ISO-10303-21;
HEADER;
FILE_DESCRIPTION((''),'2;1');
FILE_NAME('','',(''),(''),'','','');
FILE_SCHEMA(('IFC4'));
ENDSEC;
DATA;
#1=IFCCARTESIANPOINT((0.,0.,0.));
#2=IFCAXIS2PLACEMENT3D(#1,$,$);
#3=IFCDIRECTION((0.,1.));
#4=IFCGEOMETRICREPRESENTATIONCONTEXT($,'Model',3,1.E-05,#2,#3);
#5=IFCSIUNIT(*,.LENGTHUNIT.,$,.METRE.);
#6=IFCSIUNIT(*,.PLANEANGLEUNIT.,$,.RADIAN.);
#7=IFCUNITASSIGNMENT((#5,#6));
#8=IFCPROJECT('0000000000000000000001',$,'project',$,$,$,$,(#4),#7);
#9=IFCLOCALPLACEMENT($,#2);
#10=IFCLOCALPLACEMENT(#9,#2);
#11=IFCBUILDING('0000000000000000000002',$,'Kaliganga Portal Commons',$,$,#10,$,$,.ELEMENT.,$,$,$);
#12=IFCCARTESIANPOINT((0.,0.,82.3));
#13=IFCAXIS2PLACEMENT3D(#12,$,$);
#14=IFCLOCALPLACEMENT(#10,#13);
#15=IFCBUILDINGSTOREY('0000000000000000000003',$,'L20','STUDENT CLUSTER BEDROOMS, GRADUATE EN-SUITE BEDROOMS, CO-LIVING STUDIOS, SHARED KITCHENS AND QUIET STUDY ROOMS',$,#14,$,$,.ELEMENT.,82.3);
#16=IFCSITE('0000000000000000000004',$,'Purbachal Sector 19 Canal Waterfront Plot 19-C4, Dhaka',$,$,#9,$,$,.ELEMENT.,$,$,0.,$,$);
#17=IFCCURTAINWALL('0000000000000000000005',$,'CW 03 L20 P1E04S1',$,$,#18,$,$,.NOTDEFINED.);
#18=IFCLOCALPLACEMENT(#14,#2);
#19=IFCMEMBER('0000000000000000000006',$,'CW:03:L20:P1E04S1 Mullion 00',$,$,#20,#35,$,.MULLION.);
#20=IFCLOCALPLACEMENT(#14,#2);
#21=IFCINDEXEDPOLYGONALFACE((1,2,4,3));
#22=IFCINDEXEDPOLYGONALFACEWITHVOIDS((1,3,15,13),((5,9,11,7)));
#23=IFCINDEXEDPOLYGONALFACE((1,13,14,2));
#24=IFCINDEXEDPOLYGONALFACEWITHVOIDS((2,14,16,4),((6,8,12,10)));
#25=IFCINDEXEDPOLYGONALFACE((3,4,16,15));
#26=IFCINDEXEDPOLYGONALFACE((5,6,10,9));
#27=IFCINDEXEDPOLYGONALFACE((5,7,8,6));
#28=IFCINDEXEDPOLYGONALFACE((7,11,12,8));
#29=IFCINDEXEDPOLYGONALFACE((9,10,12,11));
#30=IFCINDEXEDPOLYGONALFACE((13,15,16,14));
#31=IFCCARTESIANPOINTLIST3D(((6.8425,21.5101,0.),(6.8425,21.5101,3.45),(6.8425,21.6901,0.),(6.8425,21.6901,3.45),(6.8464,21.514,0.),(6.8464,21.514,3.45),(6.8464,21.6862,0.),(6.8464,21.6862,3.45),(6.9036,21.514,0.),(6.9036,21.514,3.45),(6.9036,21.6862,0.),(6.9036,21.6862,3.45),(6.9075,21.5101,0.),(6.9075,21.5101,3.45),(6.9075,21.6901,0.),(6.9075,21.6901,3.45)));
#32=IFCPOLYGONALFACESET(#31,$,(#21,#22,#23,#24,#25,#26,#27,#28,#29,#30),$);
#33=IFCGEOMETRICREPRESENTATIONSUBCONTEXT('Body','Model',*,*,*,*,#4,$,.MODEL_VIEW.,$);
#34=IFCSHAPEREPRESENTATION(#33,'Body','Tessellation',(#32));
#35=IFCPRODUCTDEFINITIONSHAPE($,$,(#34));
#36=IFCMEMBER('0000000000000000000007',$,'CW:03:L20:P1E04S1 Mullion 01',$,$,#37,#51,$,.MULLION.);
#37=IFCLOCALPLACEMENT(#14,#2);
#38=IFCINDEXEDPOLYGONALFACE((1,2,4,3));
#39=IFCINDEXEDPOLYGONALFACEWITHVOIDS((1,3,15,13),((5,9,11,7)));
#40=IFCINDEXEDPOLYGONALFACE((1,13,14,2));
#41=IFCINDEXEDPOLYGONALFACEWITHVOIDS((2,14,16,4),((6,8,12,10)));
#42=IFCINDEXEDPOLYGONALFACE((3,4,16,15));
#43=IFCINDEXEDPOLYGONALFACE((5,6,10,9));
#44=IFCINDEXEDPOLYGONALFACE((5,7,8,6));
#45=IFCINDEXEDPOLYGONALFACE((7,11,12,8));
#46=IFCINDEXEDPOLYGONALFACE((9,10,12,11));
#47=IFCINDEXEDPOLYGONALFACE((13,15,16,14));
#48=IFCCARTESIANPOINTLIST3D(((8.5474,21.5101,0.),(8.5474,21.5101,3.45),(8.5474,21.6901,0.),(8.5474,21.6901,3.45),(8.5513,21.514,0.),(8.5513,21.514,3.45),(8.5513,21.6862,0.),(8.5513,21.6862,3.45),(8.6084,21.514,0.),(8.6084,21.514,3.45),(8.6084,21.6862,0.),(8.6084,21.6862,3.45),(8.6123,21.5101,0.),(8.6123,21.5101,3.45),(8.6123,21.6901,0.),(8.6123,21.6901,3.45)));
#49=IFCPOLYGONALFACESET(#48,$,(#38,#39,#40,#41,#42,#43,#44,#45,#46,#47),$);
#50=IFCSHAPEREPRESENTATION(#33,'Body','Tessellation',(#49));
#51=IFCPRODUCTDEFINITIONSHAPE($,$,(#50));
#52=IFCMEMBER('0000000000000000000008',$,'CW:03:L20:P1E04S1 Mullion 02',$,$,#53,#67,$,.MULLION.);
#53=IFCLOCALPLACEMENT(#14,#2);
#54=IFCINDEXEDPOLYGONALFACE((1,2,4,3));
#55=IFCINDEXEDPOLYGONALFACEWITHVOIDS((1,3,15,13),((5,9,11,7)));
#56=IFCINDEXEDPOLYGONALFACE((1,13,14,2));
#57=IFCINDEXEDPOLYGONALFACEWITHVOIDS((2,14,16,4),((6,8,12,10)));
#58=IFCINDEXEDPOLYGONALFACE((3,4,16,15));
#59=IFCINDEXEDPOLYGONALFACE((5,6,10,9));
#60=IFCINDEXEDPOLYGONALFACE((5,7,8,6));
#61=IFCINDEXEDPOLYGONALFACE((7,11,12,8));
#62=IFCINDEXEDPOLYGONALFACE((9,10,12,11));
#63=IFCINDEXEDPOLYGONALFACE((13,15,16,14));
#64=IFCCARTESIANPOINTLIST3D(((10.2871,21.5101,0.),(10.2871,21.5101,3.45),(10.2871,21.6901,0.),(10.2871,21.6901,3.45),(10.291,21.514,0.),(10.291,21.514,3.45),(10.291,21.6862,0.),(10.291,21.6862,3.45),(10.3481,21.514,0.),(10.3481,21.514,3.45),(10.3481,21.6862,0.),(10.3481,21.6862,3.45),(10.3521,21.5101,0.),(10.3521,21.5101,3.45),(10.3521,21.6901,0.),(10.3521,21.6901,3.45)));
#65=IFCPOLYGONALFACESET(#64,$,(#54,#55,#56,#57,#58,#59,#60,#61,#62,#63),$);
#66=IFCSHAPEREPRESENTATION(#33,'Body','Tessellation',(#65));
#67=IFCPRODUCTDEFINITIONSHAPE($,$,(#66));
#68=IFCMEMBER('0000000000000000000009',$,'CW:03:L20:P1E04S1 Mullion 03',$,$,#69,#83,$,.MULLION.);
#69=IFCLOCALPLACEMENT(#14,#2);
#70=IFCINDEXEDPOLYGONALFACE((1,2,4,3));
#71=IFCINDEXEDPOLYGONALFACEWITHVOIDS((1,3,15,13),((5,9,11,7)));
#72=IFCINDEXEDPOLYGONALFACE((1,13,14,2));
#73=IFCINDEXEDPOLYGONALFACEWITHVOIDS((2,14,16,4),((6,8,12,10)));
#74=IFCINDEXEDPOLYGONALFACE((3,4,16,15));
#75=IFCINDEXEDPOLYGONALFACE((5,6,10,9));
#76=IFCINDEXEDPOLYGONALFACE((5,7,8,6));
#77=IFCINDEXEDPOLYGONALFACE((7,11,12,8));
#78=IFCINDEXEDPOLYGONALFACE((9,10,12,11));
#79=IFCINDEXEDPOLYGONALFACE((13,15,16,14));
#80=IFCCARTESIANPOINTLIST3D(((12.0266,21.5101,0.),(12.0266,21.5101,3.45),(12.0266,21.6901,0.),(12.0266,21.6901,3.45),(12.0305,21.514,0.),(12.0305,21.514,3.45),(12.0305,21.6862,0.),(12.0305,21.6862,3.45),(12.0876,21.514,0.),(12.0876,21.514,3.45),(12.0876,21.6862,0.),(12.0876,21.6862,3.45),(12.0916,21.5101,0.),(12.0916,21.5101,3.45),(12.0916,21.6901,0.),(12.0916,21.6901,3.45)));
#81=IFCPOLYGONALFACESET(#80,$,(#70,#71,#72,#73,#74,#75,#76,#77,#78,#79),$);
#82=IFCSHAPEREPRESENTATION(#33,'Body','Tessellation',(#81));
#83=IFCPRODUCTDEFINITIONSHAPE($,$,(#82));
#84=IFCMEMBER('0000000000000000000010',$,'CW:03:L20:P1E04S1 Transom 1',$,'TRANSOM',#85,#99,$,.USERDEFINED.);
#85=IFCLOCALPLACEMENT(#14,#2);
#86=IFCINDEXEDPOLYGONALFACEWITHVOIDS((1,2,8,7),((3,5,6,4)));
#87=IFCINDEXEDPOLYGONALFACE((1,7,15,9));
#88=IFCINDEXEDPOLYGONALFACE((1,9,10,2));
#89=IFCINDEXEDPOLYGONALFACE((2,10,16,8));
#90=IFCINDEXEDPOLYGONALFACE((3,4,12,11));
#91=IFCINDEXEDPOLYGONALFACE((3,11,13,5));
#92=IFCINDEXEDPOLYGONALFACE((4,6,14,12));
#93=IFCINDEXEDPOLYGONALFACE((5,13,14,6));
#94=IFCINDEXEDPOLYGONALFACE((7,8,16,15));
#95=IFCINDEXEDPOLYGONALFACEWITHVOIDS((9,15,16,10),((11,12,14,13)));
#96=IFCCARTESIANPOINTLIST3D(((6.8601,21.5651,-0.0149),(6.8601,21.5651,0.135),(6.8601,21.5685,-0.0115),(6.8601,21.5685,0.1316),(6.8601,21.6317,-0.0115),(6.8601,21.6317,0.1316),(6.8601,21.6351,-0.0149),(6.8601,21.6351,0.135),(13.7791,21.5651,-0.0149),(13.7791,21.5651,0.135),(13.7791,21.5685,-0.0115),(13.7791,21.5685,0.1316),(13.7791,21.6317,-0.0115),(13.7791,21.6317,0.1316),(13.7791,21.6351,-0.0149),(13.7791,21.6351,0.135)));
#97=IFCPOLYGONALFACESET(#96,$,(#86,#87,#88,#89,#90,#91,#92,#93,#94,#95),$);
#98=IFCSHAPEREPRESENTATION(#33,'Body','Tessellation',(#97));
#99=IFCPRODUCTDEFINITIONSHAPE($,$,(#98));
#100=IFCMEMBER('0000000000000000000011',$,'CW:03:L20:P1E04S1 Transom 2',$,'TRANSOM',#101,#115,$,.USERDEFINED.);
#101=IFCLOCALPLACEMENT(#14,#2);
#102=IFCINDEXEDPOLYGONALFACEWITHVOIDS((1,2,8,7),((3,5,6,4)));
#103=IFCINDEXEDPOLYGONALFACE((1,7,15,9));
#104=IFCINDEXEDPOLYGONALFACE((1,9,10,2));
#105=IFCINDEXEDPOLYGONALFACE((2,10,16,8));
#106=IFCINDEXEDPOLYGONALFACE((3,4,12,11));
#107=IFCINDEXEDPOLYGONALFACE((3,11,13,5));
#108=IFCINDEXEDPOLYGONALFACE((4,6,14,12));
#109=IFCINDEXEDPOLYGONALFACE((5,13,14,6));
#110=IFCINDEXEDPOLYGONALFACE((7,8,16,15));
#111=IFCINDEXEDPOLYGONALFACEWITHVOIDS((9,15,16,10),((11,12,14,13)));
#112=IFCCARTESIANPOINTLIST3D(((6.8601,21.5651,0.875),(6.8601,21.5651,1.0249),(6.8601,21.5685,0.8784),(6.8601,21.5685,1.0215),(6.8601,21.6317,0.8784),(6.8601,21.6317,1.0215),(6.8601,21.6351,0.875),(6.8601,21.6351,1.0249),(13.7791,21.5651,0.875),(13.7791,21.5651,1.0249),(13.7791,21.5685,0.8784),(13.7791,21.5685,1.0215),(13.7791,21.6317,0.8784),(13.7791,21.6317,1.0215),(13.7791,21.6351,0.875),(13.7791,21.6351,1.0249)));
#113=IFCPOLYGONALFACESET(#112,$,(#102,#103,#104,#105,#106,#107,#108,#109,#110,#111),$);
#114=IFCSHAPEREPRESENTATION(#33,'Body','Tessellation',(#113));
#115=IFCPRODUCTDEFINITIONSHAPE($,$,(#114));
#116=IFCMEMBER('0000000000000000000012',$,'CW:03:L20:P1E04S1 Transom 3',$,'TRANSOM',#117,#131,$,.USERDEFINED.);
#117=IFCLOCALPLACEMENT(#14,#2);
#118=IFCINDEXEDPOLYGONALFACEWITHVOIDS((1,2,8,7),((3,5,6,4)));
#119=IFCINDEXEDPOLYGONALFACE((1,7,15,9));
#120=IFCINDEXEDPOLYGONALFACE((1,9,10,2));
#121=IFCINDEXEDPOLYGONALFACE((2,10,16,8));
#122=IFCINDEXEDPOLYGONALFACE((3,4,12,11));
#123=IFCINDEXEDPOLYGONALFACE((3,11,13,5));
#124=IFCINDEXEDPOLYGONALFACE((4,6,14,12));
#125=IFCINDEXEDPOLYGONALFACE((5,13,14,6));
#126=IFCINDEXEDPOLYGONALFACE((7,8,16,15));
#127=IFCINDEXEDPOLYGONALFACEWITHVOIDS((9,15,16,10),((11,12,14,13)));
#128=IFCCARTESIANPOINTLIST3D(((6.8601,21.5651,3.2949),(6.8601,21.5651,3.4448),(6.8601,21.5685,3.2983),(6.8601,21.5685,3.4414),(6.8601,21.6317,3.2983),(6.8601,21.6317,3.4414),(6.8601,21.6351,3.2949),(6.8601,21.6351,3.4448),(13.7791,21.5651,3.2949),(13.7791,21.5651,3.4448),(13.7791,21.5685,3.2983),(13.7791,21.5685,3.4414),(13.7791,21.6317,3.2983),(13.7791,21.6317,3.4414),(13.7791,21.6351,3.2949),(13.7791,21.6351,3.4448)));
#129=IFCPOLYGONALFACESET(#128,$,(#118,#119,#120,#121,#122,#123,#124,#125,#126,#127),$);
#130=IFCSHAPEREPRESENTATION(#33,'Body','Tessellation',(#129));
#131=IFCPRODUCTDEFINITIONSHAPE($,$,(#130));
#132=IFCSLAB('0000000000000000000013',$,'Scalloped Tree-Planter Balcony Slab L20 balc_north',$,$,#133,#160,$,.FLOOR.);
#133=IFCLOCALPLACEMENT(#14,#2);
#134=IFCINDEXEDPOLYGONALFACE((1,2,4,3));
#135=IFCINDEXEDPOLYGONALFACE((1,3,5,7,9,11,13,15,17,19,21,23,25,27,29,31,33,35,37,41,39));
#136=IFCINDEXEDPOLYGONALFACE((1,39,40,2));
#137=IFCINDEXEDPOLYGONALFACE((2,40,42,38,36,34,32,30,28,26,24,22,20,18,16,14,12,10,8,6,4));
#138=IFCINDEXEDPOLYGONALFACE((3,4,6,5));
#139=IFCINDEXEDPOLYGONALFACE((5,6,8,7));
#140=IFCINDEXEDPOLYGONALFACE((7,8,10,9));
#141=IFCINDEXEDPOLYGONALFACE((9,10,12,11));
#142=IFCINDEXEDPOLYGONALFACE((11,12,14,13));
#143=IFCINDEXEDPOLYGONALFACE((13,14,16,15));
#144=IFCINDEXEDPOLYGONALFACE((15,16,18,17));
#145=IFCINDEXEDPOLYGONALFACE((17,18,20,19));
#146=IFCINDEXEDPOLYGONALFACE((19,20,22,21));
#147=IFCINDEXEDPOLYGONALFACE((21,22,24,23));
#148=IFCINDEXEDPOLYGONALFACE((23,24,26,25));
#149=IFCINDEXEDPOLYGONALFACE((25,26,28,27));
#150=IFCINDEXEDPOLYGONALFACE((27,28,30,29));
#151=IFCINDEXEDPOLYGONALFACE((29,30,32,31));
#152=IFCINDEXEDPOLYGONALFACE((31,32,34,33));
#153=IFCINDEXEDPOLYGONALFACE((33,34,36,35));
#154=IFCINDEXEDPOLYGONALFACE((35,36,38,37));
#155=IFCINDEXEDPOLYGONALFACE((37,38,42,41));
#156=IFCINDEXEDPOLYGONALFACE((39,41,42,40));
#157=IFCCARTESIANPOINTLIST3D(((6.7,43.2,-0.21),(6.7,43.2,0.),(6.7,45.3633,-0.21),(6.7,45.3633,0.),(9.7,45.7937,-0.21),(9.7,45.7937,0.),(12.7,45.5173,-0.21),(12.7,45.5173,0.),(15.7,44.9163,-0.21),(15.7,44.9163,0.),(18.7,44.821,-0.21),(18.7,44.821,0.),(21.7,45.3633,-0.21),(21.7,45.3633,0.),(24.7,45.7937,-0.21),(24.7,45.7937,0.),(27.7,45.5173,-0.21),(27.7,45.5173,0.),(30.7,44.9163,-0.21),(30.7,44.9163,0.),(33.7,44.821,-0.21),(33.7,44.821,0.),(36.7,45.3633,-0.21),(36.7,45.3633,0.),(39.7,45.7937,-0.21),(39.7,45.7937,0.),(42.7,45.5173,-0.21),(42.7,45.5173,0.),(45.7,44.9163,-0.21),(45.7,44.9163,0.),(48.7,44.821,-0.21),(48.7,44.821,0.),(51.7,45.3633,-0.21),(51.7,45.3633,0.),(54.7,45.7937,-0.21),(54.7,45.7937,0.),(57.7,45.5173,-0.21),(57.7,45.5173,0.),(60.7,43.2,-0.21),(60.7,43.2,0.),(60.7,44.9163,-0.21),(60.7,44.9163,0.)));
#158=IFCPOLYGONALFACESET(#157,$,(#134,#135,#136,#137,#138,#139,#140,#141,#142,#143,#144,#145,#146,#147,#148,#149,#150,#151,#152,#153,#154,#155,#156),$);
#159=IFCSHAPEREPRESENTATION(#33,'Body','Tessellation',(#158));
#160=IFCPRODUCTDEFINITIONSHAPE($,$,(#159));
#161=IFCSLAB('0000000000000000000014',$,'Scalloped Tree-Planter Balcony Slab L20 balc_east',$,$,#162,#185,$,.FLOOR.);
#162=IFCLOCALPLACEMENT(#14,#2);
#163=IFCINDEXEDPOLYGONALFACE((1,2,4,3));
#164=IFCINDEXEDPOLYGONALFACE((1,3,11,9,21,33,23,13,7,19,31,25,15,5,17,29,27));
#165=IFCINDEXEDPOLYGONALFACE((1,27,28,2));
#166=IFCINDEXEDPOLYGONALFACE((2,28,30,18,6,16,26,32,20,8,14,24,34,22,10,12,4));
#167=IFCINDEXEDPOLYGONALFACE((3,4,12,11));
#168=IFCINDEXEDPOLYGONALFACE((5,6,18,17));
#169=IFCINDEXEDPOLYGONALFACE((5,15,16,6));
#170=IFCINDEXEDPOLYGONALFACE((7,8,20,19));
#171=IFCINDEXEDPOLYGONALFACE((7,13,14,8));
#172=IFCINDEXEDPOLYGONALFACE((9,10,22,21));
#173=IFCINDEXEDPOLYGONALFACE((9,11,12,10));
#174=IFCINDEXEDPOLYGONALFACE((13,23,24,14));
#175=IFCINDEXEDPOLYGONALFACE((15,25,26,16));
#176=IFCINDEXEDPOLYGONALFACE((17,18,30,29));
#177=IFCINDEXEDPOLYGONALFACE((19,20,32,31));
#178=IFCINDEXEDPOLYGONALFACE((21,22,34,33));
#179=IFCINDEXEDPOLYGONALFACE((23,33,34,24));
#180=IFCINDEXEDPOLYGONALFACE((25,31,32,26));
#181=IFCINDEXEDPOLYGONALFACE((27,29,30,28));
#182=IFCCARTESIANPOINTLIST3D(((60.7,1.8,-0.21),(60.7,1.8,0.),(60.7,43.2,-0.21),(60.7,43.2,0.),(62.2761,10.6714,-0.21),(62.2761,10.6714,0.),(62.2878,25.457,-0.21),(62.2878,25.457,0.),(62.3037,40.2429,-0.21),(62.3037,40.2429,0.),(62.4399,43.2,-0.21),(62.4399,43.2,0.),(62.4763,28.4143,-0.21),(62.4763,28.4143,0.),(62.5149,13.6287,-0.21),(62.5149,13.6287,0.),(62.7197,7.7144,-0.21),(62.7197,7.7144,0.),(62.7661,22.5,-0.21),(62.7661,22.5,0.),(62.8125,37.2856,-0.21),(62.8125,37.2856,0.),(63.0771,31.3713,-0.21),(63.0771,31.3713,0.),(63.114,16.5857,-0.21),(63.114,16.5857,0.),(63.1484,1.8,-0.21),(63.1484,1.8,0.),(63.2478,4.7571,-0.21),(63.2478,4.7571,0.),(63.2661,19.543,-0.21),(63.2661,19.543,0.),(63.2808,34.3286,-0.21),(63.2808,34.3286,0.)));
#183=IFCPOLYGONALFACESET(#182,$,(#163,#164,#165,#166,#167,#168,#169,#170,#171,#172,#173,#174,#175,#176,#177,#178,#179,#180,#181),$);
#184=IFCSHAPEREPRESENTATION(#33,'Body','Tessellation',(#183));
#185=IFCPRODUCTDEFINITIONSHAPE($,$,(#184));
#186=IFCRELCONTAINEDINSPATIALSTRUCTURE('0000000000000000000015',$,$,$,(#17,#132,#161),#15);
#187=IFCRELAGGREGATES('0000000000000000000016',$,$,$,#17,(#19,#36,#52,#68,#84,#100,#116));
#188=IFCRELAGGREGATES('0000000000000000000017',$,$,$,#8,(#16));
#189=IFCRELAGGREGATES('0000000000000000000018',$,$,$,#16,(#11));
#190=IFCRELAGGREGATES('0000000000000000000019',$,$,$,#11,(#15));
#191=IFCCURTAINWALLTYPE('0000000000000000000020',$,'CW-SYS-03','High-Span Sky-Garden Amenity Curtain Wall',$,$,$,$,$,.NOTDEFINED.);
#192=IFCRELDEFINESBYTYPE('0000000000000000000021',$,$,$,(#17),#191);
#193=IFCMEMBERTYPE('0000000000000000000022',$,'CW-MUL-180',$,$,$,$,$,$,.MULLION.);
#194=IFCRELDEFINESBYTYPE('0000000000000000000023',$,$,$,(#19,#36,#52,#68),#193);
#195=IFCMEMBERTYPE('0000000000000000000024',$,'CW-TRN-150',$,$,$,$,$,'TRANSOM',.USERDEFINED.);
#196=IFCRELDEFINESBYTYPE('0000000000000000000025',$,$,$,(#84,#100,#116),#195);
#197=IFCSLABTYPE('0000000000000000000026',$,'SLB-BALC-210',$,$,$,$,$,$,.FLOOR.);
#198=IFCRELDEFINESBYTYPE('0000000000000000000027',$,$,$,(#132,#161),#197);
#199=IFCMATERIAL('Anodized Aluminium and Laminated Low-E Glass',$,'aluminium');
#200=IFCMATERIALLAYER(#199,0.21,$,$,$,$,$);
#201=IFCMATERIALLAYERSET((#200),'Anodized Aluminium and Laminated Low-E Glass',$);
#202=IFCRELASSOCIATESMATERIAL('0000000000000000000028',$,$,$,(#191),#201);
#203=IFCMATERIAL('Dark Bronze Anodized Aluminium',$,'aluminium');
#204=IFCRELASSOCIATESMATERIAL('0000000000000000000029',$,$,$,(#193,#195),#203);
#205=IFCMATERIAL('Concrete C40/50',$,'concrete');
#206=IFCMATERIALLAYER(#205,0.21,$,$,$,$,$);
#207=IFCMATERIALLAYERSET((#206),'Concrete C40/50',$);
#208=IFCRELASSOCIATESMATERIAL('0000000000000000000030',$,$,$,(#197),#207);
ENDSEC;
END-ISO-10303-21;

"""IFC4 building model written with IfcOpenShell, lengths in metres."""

from ifc_helpers import new_model, si_unit, direction, frame, origin, origin_2d, place, context, subcontext, project, spatial, polyline, hollow_rectangle, outline, extrude, source, transform, mapped, material, layer, layer_set, material_profile, profile_set, type_object, element, aggregate, save


model = new_model("IFC4")

# Units and contexts
model_context = context("Model", 3, precision=1e-05, world=origin(), true_north=direction((0.0, 1.0)))
body_context = subcontext(model_context, "Body", "Model", "MODEL_VIEW")
ifc_project = project(units=[si_unit("LENGTHUNIT", "METRE"), si_unit("PLANEANGLEUNIT", "RADIAN")], contexts=[model_context])

# Site, building, storey
site_placement = place(None, origin())
site = spatial("IfcSite", under=ifc_project, at=site_placement, Name="Purbachal Sector 19 Canal Waterfront Plot 19-C4, Dhaka", CompositionType="ELEMENT", RefElevation=0.0)
building_placement = place(site_placement, origin())
building = spatial("IfcBuilding", under=site, at=building_placement, Name="Kaliganga Portal Commons", CompositionType="ELEMENT")
storey_placement = place(building_placement, frame((0.0, 0.0, 82.3)))
storey = spatial("IfcBuildingStorey", under=building, at=storey_placement, Name="L20", Description="STUDENT CLUSTER BEDROOMS, GRADUATE EN-SUITE BEDROOMS, CO-LIVING STUDIOS, SHARED KITCHENS AND QUIET STUDY ROOMS", CompositionType="ELEMENT", Elevation=82.3)

# Curtain wall, members
ifc_material_1 = material(Name="Anodized Aluminium and Laminated Low-E Glass", Category="aluminium")
ifc_layer_1 = layer(ifc_material_1, 0.21)
ifc_layer_set_1 = layer_set([ifc_layer_1], Name="Anodized Aluminium and Laminated Low-E Glass")
curtain_wall_type = type_object("IfcCurtainWallType", Name="CW-SYS-03", Description="High-Span Sky-Garden Amenity Curtain Wall", PredefinedType="NOTDEFINED", material=ifc_layer_set_1)
curtain_wall_placement = place(storey_placement, origin())
curtain_wall = element("IfcCurtainWall", 1, at=curtain_wall_placement, inside=storey, type_object=curtain_wall_type, Name="CW 03 L20 P1E04S1", PredefinedType="NOTDEFINED")
ifc_material_2 = material(Name="Dark Bronze Anodized Aluminium", Category="aluminium")
ifc_material_profile_1 = material_profile(ifc_material_2, hollow_rectangle(XDim=0.0649, YDim=0.1799, WallThickness=0.0039, at=origin_2d()), Name="ALU MULL 65x180x4")
ifc_profile_set_1 = profile_set([ifc_material_profile_1], Name="Dark Bronze Anodized Aluminium")
member_type_1 = type_object("IfcMemberType", Name="CW-MUL-180", PredefinedType="MULLION", material=ifc_profile_set_1)
shared_shape_1 = source(origin(), body_context, "Body", "SweptSolid", [
    extrude(hollow_rectangle(XDim=0.0649, YDim=0.1799, WallThickness=0.0039, at=origin_2d()), origin(), (0.0, 0.0, 1.0), 3.45),
])
member_1_placement = place(storey_placement, frame((6.875, 21.6001, 0.0), z_axis=(0.0, 0.0, 1.0), x_axis=(1.0, 0.0, 0.0)))
member_1 = element("IfcMember", 2, at=member_1_placement, type_object=member_type_1, Name="CW:03:L20:P1E04S1 Mullion 00", PredefinedType="MULLION", context=body_context, shape_type="MappedRepresentation", body=[
    mapped(shared_shape_1, transform((0.0, 0.0, 0.0), x_axis=(1.0, 0.0, 0.0), y_axis=(0.0, 1.0, 0.0), z_axis=(0.0, 0.0, 1.0), scale=1.0)),
])
member_2_placement = place(storey_placement, frame((8.5798, 21.6001, 0.0), z_axis=(0.0, 0.0, 1.0), x_axis=(1.0, 0.0, 0.0)))
member_2 = element("IfcMember", 3, at=member_2_placement, type_object=member_type_1, Name="CW:03:L20:P1E04S1 Mullion 01", PredefinedType="MULLION", context=body_context, shape_type="MappedRepresentation", body=[
    mapped(shared_shape_1, transform((0.0, 0.0, 0.0), x_axis=(1.0, 0.0, 0.0), y_axis=(0.0, 1.0, 0.0), z_axis=(0.0, 0.0, 1.0), scale=1.0)),
])
member_3_placement = place(storey_placement, frame((10.3196, 21.6001, 0.0), z_axis=(0.0, 0.0, 1.0), x_axis=(1.0, 0.0, 0.0)))
member_3 = element("IfcMember", 4, at=member_3_placement, type_object=member_type_1, Name="CW:03:L20:P1E04S1 Mullion 02", PredefinedType="MULLION", context=body_context, shape_type="MappedRepresentation", body=[
    mapped(shared_shape_1, transform((0.0, 0.0, 0.0), x_axis=(1.0, 0.0, 0.0), y_axis=(0.0, 1.0, 0.0), z_axis=(0.0, 0.0, 1.0), scale=1.0)),
])
member_4_placement = place(storey_placement, frame((12.0591, 21.6001, 0.0), z_axis=(0.0, 0.0, 1.0), x_axis=(1.0, 0.0, 0.0)))
member_4 = element("IfcMember", 5, at=member_4_placement, type_object=member_type_1, Name="CW:03:L20:P1E04S1 Mullion 03", PredefinedType="MULLION", context=body_context, shape_type="MappedRepresentation", body=[
    mapped(shared_shape_1, transform((0.0, 0.0, 0.0), x_axis=(1.0, 0.0, 0.0), y_axis=(0.0, 1.0, 0.0), z_axis=(0.0, 0.0, 1.0), scale=1.0)),
])
ifc_material_profile_2 = material_profile(ifc_material_2, hollow_rectangle(XDim=0.0701, YDim=0.1499, WallThickness=0.0034, at=origin_2d()), Name="ALU TRAN 70x150x3.5")
ifc_profile_set_2 = profile_set([ifc_material_profile_2], Name="Dark Bronze Anodized Aluminium")
member_type_2 = type_object("IfcMemberType", Name="CW-TRN-150", ElementType="TRANSOM", PredefinedType="USERDEFINED", material=ifc_profile_set_2)
shared_shape_2 = source(origin(), body_context, "Body", "SweptSolid", [
    extrude(hollow_rectangle(XDim=0.0701, YDim=0.1499, WallThickness=0.0034, at=origin_2d()), origin(), (0.0, 0.0, 1.0), 6.9189),
])
member_5_placement = place(storey_placement, frame((6.8601, 21.6001, 0.0601), z_axis=(1.0, 0.0, 0.0), x_axis=(0.0, 1.0, 0.0)))
member_5 = element("IfcMember", 6, at=member_5_placement, type_object=member_type_2, Name="CW:03:L20:P1E04S1 Transom 1", ObjectType="TRANSOM", PredefinedType="USERDEFINED", context=body_context, shape_type="MappedRepresentation", body=[
    mapped(shared_shape_2, transform((0.0, 0.0, 0.0), x_axis=(1.0, 0.0, 0.0), y_axis=(0.0, 1.0, 0.0), z_axis=(0.0, 0.0, 1.0), scale=1.0)),
])
member_6_placement = place(storey_placement, frame((6.8601, 21.6001, 0.95), z_axis=(1.0, 0.0, 0.0), x_axis=(0.0, 1.0, 0.0)))
member_6 = element("IfcMember", 7, at=member_6_placement, type_object=member_type_2, Name="CW:03:L20:P1E04S1 Transom 2", ObjectType="TRANSOM", PredefinedType="USERDEFINED", context=body_context, shape_type="MappedRepresentation", body=[
    mapped(shared_shape_2, transform((0.0, 0.0, 0.0), x_axis=(1.0, 0.0, 0.0), y_axis=(0.0, 1.0, 0.0), z_axis=(0.0, 0.0, 1.0), scale=1.0)),
])
member_7_placement = place(storey_placement, frame((6.8601, 21.6001, 3.3699), z_axis=(1.0, 0.0, 0.0), x_axis=(0.0, 1.0, 0.0)))
member_7 = element("IfcMember", 8, at=member_7_placement, type_object=member_type_2, Name="CW:03:L20:P1E04S1 Transom 3", ObjectType="TRANSOM", PredefinedType="USERDEFINED", context=body_context, shape_type="MappedRepresentation", body=[
    mapped(shared_shape_2, transform((0.0, 0.0, 0.0), x_axis=(1.0, 0.0, 0.0), y_axis=(0.0, 1.0, 0.0), z_axis=(0.0, 0.0, 1.0), scale=1.0)),
])

# Slabs
ifc_material_3 = material(Name="Concrete C40/50", Category="concrete")
ifc_layer_2 = layer(ifc_material_3, 0.21)
ifc_layer_set_2 = layer_set([ifc_layer_2], Name="Concrete C40/50")
slab_type_1 = type_object("IfcSlabType", Name="SLB-BALC-210", PredefinedType="FLOOR", material=ifc_layer_set_2)
slab_1_placement = place(storey_placement, frame((0.0, 0.0, -0.21)))
element("IfcSlab", 9, at=slab_1_placement, inside=storey, type_object=slab_type_1, Name="Scalloped Tree-Planter Balcony Slab L20 balc_north", PredefinedType="FLOOR", context=body_context, shape_type="SweptSolid", body=[
    extrude(outline(polyline([(60.7, 43.2), (60.7, 44.9163), (57.7, 45.5173), (54.7, 45.7937), (51.7, 45.3633), (48.7, 44.821), (45.7, 44.9163), (42.7, 45.5173), (39.7, 45.7937), (36.7, 45.3633), (33.7, 44.821), (30.7, 44.9163), (27.7, 45.5173), (24.7, 45.7937), (21.7, 45.3633), (18.7, 44.821), (15.7, 44.9163), (12.7, 45.5173), (9.7, 45.7937), (6.7, 45.3633), (6.7, 43.2), (60.7, 43.2)])), origin(), (0.0, 0.0, 1.0), 0.21),
])
slab_2_placement = place(storey_placement, frame((0.0, 0.0, -0.21)))
element("IfcSlab", 10, at=slab_2_placement, inside=storey, type_object=slab_type_1, Name="Scalloped Tree-Planter Balcony Slab L20 balc_east", PredefinedType="FLOOR", context=body_context, shape_type="SweptSolid", body=[
    extrude(outline(polyline([(60.7, 1.8), (63.1484, 1.8), (63.2478, 4.7571), (62.7197, 7.7144), (62.2761, 10.6714), (62.5149, 13.6287), (63.114, 16.5857), (63.2661, 19.543), (62.7661, 22.5), (62.2878, 25.457), (62.4763, 28.4143), (63.0771, 31.3713), (63.2808, 34.3286), (62.8125, 37.2856), (62.3037, 40.2429), (62.4399, 43.2), (60.7, 43.2), (60.7, 1.8)])), origin(), (0.0, 0.0, 1.0), 0.21),
])

aggregate(curtain_wall, [member_1, member_2, member_3, member_4, member_5, member_6, member_7])

save(model, "model.ifc")
